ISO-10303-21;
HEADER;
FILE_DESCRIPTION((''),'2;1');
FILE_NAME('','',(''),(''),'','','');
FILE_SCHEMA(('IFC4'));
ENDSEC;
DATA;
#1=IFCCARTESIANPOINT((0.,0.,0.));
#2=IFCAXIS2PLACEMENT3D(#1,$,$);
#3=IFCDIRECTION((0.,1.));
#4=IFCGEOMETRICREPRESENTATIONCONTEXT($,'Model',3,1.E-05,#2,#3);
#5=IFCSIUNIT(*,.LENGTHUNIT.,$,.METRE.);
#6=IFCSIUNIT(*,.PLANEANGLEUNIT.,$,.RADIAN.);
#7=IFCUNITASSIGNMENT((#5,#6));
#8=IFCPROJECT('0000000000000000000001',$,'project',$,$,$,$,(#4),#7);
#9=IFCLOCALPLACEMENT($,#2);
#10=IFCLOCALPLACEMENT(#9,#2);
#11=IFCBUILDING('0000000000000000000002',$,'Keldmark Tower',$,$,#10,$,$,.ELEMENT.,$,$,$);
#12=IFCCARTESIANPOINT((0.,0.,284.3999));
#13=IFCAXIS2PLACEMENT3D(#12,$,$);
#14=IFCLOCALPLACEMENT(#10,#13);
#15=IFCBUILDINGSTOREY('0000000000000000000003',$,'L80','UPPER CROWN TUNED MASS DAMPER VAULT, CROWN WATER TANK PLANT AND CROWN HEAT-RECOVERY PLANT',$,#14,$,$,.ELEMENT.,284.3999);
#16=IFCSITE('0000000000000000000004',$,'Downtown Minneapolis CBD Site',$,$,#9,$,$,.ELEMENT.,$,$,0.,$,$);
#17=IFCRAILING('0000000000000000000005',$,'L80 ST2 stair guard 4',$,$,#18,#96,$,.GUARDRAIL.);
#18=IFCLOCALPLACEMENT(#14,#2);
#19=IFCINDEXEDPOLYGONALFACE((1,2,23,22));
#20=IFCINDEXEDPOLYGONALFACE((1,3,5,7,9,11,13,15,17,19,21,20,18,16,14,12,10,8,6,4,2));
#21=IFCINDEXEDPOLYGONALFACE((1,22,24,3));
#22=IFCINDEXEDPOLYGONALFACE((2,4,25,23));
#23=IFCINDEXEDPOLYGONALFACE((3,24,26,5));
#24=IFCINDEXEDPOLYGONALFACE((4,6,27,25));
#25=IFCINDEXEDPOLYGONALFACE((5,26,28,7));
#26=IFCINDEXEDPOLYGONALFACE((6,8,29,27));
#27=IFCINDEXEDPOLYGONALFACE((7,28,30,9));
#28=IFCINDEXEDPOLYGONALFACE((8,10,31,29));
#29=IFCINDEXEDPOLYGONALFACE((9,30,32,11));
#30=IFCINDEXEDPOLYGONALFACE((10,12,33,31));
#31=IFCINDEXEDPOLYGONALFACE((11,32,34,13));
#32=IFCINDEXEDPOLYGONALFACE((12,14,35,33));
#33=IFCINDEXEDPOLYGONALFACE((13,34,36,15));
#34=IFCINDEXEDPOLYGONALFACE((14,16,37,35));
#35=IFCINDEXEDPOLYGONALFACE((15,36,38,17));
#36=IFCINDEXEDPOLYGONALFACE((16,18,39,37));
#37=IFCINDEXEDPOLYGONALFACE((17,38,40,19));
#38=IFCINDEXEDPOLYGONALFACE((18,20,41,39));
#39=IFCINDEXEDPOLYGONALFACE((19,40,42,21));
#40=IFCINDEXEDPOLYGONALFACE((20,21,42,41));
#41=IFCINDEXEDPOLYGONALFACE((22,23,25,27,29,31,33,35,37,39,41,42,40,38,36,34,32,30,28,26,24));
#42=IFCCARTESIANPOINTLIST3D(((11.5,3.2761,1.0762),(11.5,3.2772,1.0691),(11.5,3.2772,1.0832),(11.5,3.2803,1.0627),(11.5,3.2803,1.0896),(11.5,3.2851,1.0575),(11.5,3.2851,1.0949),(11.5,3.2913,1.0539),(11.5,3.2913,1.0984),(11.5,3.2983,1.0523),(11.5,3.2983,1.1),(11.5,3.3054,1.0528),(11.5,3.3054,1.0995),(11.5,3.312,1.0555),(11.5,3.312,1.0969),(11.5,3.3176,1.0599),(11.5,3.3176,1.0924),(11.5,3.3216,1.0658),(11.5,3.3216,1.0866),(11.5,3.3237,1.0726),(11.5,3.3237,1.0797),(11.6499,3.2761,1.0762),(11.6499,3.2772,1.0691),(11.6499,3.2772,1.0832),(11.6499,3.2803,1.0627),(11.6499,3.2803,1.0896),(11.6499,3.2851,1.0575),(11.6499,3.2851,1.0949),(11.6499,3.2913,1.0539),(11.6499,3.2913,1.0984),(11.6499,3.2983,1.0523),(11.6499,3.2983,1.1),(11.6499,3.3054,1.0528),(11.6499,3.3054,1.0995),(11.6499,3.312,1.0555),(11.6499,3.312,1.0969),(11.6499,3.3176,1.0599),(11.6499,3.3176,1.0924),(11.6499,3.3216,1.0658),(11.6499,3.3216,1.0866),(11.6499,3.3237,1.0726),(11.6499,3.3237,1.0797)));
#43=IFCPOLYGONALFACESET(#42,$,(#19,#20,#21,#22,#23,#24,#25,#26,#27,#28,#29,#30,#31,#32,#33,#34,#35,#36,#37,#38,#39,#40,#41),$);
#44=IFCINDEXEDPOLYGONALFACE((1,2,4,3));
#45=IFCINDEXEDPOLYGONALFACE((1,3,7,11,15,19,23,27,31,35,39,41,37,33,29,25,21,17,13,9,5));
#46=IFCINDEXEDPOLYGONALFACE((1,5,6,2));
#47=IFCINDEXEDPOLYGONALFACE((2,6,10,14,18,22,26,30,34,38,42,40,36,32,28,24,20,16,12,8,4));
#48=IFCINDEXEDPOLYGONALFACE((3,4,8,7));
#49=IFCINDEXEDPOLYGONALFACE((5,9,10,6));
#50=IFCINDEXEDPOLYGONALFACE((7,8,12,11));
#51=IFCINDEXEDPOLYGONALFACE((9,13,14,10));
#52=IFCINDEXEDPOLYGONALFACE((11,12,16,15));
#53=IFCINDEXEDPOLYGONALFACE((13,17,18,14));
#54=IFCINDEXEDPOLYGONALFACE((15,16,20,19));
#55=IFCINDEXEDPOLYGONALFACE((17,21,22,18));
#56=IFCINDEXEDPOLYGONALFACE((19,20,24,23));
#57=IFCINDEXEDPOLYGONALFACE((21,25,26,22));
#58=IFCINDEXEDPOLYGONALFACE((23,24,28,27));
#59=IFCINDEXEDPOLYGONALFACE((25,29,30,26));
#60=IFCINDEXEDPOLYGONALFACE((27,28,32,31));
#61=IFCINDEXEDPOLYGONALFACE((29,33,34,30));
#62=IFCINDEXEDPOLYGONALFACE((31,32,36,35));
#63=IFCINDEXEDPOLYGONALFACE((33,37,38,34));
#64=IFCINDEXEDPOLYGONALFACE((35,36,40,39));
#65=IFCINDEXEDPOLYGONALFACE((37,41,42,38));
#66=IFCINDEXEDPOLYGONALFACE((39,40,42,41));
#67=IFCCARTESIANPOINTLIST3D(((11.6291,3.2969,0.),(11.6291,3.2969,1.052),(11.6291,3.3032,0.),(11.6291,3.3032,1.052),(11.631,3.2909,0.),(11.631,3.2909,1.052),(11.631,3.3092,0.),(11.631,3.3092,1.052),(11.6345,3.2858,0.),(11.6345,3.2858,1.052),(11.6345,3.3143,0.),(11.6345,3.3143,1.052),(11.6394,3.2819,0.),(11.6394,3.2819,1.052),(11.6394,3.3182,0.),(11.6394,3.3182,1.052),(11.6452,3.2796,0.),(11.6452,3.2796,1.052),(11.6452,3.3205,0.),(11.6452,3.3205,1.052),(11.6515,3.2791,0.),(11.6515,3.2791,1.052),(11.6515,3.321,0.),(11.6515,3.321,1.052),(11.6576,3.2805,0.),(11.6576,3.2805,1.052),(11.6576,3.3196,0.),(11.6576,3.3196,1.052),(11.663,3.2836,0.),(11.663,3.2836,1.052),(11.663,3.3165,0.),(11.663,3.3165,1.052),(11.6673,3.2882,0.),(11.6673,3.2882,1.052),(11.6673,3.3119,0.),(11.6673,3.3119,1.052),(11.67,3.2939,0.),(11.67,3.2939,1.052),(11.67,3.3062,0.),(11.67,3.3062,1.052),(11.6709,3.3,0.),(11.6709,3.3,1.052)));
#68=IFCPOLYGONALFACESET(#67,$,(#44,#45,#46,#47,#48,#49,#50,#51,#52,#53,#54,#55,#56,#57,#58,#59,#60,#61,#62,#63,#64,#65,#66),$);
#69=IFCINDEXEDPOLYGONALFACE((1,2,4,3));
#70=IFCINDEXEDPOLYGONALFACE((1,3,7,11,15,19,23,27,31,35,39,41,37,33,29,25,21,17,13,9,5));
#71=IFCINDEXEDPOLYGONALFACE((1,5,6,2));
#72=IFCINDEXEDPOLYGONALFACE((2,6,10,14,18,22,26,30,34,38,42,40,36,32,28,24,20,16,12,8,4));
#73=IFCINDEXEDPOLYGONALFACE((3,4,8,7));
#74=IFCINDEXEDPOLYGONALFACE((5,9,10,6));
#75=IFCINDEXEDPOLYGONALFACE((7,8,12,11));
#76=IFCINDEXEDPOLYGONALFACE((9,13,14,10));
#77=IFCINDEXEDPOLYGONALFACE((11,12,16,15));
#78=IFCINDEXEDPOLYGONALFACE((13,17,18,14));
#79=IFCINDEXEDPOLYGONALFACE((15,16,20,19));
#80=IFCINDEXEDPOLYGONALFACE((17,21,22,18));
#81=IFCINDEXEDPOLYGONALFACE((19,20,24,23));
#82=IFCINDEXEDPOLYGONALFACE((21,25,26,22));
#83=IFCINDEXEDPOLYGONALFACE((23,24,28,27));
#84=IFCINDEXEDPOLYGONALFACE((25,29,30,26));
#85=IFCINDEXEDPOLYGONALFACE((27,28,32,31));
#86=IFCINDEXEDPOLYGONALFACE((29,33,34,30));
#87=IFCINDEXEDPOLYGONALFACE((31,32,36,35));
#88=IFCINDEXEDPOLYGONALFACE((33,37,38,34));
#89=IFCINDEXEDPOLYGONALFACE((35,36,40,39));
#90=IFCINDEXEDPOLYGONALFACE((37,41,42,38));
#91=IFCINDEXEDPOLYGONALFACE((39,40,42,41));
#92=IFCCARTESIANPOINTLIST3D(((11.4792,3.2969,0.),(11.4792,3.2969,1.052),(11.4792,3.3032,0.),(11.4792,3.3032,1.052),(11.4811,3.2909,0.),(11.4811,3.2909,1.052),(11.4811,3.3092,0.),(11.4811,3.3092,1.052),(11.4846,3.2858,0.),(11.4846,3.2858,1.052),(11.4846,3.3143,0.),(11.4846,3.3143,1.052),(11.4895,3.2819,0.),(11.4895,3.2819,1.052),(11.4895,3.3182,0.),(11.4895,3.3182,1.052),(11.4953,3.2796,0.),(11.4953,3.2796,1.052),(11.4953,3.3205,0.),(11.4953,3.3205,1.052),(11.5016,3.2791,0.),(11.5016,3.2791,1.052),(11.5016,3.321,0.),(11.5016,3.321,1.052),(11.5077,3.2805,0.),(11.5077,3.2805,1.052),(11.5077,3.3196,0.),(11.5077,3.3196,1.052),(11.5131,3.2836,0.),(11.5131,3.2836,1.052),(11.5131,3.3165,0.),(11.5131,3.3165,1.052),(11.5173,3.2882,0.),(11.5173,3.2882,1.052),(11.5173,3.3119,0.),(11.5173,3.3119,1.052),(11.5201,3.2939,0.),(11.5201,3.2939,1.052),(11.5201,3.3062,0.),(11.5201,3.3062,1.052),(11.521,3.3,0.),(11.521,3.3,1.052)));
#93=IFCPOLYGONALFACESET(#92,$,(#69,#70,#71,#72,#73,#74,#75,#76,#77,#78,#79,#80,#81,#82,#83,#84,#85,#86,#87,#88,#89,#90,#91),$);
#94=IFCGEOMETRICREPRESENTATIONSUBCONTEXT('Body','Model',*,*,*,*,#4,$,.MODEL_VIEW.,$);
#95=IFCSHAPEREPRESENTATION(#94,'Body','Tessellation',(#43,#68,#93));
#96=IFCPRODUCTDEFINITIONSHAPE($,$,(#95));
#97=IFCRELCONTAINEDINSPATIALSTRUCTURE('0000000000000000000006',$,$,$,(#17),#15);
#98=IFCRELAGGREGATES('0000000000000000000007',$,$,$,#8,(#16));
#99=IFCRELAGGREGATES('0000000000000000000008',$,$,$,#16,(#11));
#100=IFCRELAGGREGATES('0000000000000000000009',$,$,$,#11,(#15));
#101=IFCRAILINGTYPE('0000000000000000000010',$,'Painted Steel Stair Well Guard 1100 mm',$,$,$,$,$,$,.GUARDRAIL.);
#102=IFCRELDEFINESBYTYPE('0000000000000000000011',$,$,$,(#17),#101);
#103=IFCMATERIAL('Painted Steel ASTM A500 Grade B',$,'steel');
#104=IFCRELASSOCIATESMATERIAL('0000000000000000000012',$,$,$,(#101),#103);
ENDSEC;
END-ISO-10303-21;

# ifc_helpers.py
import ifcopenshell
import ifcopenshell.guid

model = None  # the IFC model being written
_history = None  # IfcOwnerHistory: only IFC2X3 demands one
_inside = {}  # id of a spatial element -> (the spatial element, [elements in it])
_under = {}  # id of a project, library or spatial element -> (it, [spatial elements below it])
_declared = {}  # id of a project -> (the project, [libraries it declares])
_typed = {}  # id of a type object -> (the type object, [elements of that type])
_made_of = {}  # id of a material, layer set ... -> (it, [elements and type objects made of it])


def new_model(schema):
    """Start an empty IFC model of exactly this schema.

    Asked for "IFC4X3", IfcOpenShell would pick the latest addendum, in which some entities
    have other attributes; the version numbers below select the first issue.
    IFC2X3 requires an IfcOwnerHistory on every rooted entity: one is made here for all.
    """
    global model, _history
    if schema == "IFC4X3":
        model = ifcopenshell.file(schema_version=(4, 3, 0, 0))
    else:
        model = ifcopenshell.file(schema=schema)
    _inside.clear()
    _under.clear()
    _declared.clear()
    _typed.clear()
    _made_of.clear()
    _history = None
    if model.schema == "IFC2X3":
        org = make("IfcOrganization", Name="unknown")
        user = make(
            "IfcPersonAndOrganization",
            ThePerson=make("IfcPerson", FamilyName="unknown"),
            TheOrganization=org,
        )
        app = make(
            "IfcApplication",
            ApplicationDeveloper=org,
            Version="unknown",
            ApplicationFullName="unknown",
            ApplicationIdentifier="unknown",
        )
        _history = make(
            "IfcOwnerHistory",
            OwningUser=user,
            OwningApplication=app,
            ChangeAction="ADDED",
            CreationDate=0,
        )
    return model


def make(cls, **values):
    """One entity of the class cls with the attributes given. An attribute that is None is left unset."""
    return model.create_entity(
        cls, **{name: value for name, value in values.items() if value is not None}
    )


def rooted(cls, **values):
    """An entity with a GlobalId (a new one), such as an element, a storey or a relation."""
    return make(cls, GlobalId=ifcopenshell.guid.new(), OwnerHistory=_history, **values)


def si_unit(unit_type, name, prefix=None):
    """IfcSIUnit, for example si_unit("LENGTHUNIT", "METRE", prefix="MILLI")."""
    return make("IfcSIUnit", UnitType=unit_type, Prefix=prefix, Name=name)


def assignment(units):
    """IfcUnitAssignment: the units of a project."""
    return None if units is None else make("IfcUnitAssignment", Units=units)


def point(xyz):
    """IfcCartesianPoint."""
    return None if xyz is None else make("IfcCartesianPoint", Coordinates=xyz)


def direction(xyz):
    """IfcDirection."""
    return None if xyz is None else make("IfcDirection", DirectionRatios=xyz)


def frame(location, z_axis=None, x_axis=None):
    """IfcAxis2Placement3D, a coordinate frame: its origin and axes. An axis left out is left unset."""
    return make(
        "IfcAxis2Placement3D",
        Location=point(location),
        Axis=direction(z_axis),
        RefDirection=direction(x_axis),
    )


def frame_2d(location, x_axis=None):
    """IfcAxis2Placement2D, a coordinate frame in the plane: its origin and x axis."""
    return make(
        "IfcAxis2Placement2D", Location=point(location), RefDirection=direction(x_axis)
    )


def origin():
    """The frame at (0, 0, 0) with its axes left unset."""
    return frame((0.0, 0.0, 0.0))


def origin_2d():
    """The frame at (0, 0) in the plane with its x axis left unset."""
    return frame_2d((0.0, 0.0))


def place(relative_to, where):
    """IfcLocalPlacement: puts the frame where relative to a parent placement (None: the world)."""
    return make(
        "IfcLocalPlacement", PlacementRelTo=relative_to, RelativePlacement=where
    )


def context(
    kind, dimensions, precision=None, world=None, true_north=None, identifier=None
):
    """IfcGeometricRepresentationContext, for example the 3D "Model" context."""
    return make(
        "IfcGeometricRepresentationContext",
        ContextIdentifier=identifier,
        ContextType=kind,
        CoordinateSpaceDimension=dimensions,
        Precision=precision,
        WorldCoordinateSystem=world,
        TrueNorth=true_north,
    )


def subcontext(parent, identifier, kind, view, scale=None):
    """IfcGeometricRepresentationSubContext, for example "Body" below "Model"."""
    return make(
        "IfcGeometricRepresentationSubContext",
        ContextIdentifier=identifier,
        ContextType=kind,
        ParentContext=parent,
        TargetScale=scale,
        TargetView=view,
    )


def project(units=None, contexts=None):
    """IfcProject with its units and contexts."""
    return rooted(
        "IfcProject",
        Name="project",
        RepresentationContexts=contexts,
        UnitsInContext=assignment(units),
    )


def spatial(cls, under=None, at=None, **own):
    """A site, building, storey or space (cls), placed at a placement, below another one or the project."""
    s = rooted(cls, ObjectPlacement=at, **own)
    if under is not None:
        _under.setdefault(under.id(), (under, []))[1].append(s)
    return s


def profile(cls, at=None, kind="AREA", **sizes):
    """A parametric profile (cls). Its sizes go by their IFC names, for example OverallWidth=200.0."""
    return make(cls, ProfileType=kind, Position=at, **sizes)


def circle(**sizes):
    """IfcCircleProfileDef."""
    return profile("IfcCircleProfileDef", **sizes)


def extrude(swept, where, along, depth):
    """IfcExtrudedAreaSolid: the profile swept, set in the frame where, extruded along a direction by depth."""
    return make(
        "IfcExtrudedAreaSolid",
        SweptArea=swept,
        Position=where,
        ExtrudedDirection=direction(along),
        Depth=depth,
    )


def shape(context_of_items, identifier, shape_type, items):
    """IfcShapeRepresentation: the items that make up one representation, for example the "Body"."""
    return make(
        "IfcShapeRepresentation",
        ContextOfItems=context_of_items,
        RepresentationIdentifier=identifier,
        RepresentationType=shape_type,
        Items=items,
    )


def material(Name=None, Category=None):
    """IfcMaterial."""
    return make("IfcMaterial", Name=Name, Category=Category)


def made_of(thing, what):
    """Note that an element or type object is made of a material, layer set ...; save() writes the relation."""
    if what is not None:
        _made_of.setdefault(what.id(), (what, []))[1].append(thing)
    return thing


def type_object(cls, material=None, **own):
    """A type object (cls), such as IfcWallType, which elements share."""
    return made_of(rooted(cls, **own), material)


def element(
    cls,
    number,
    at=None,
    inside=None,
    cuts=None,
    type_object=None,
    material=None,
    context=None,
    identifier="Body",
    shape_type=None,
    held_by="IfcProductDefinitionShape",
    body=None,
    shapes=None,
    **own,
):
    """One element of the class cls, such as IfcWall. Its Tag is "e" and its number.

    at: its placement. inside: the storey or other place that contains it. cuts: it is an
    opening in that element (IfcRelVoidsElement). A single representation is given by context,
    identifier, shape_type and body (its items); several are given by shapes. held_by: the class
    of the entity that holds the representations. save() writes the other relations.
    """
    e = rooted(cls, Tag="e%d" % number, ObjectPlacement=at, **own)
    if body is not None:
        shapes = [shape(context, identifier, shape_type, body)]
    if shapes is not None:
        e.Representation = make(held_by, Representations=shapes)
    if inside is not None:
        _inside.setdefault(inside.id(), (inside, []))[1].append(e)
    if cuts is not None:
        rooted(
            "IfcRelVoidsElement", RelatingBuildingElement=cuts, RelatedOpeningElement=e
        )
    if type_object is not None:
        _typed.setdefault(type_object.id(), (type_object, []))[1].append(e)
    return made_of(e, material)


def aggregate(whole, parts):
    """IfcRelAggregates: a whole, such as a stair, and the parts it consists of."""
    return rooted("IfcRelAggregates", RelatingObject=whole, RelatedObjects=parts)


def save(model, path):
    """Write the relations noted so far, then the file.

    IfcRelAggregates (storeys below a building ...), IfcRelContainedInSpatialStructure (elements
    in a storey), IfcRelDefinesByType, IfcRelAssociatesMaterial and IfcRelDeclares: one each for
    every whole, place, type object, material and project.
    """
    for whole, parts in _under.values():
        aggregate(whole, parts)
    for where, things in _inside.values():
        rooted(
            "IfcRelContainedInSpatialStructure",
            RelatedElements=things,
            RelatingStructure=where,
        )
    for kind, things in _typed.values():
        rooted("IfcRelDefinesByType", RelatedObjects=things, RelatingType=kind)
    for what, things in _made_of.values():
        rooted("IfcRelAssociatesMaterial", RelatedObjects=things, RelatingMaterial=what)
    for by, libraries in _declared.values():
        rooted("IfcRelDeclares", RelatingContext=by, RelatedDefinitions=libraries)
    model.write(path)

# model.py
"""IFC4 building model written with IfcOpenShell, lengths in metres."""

from ifc_helpers import new_model, si_unit, direction, frame, origin, origin_2d, place, context, subcontext, project, spatial, circle, extrude, material, type_object, element, save


model = new_model("IFC4")

# Units and contexts
model_context = context("Model", 3, precision=1e-05, world=origin(), true_north=direction((0.0, 1.0)))
body_context = subcontext(model_context, "Body", "Model", "MODEL_VIEW")
ifc_project = project(units=[si_unit("LENGTHUNIT", "METRE"), si_unit("PLANEANGLEUNIT", "RADIAN")], contexts=[model_context])

# Site, building, storey
site_placement = place(None, origin())
site = spatial("IfcSite", under=ifc_project, at=site_placement, Name="Downtown Minneapolis CBD Site", CompositionType="ELEMENT", RefElevation=0.0)
building_placement = place(site_placement, origin())
building = spatial("IfcBuilding", under=site, at=building_placement, Name="Keldmark Tower", CompositionType="ELEMENT")
storey_placement = place(building_placement, frame((0.0, 0.0, 284.3999)))
storey = spatial("IfcBuildingStorey", under=building, at=storey_placement, Name="L80", Description="UPPER CROWN TUNED MASS DAMPER VAULT, CROWN WATER TANK PLANT AND CROWN HEAT-RECOVERY PLANT", CompositionType="ELEMENT", Elevation=284.3999)

# Railing
ifc_material_1 = material(Name="Painted Steel ASTM A500 Grade B", Category="steel")
railing_type_1 = type_object("IfcRailingType", Name="Painted Steel Stair Well Guard 1100 mm", PredefinedType="GUARDRAIL", material=ifc_material_1)
railing_1_placement = place(storey_placement, frame((11.6499, 3.3, 0.0)))
element("IfcRailing", 1, at=railing_1_placement, inside=storey, type_object=railing_type_1, Name="L80 ST2 stair guard 4", PredefinedType="GUARDRAIL", context=body_context, shape_type="SweptSolid", body=[
    extrude(circle(Radius=0.0239, at=origin_2d()), frame((0.0, 0.0, 1.0762), z_axis=(-1.0, 0.0, 0.0), x_axis=(0.0, -1.0, 0.0)), (0.0, 0.0, 1.0), 0.1499),
    extrude(circle(Radius=0.021, at=origin_2d()), origin(), (0.0, 0.0, 1.0), 1.052),
    extrude(circle(Radius=0.021, at=origin_2d()), frame((-0.1499, 0.0, 0.0)), (0.0, 0.0, 1.0), 1.052),
])

save(model, "model.ifc")
